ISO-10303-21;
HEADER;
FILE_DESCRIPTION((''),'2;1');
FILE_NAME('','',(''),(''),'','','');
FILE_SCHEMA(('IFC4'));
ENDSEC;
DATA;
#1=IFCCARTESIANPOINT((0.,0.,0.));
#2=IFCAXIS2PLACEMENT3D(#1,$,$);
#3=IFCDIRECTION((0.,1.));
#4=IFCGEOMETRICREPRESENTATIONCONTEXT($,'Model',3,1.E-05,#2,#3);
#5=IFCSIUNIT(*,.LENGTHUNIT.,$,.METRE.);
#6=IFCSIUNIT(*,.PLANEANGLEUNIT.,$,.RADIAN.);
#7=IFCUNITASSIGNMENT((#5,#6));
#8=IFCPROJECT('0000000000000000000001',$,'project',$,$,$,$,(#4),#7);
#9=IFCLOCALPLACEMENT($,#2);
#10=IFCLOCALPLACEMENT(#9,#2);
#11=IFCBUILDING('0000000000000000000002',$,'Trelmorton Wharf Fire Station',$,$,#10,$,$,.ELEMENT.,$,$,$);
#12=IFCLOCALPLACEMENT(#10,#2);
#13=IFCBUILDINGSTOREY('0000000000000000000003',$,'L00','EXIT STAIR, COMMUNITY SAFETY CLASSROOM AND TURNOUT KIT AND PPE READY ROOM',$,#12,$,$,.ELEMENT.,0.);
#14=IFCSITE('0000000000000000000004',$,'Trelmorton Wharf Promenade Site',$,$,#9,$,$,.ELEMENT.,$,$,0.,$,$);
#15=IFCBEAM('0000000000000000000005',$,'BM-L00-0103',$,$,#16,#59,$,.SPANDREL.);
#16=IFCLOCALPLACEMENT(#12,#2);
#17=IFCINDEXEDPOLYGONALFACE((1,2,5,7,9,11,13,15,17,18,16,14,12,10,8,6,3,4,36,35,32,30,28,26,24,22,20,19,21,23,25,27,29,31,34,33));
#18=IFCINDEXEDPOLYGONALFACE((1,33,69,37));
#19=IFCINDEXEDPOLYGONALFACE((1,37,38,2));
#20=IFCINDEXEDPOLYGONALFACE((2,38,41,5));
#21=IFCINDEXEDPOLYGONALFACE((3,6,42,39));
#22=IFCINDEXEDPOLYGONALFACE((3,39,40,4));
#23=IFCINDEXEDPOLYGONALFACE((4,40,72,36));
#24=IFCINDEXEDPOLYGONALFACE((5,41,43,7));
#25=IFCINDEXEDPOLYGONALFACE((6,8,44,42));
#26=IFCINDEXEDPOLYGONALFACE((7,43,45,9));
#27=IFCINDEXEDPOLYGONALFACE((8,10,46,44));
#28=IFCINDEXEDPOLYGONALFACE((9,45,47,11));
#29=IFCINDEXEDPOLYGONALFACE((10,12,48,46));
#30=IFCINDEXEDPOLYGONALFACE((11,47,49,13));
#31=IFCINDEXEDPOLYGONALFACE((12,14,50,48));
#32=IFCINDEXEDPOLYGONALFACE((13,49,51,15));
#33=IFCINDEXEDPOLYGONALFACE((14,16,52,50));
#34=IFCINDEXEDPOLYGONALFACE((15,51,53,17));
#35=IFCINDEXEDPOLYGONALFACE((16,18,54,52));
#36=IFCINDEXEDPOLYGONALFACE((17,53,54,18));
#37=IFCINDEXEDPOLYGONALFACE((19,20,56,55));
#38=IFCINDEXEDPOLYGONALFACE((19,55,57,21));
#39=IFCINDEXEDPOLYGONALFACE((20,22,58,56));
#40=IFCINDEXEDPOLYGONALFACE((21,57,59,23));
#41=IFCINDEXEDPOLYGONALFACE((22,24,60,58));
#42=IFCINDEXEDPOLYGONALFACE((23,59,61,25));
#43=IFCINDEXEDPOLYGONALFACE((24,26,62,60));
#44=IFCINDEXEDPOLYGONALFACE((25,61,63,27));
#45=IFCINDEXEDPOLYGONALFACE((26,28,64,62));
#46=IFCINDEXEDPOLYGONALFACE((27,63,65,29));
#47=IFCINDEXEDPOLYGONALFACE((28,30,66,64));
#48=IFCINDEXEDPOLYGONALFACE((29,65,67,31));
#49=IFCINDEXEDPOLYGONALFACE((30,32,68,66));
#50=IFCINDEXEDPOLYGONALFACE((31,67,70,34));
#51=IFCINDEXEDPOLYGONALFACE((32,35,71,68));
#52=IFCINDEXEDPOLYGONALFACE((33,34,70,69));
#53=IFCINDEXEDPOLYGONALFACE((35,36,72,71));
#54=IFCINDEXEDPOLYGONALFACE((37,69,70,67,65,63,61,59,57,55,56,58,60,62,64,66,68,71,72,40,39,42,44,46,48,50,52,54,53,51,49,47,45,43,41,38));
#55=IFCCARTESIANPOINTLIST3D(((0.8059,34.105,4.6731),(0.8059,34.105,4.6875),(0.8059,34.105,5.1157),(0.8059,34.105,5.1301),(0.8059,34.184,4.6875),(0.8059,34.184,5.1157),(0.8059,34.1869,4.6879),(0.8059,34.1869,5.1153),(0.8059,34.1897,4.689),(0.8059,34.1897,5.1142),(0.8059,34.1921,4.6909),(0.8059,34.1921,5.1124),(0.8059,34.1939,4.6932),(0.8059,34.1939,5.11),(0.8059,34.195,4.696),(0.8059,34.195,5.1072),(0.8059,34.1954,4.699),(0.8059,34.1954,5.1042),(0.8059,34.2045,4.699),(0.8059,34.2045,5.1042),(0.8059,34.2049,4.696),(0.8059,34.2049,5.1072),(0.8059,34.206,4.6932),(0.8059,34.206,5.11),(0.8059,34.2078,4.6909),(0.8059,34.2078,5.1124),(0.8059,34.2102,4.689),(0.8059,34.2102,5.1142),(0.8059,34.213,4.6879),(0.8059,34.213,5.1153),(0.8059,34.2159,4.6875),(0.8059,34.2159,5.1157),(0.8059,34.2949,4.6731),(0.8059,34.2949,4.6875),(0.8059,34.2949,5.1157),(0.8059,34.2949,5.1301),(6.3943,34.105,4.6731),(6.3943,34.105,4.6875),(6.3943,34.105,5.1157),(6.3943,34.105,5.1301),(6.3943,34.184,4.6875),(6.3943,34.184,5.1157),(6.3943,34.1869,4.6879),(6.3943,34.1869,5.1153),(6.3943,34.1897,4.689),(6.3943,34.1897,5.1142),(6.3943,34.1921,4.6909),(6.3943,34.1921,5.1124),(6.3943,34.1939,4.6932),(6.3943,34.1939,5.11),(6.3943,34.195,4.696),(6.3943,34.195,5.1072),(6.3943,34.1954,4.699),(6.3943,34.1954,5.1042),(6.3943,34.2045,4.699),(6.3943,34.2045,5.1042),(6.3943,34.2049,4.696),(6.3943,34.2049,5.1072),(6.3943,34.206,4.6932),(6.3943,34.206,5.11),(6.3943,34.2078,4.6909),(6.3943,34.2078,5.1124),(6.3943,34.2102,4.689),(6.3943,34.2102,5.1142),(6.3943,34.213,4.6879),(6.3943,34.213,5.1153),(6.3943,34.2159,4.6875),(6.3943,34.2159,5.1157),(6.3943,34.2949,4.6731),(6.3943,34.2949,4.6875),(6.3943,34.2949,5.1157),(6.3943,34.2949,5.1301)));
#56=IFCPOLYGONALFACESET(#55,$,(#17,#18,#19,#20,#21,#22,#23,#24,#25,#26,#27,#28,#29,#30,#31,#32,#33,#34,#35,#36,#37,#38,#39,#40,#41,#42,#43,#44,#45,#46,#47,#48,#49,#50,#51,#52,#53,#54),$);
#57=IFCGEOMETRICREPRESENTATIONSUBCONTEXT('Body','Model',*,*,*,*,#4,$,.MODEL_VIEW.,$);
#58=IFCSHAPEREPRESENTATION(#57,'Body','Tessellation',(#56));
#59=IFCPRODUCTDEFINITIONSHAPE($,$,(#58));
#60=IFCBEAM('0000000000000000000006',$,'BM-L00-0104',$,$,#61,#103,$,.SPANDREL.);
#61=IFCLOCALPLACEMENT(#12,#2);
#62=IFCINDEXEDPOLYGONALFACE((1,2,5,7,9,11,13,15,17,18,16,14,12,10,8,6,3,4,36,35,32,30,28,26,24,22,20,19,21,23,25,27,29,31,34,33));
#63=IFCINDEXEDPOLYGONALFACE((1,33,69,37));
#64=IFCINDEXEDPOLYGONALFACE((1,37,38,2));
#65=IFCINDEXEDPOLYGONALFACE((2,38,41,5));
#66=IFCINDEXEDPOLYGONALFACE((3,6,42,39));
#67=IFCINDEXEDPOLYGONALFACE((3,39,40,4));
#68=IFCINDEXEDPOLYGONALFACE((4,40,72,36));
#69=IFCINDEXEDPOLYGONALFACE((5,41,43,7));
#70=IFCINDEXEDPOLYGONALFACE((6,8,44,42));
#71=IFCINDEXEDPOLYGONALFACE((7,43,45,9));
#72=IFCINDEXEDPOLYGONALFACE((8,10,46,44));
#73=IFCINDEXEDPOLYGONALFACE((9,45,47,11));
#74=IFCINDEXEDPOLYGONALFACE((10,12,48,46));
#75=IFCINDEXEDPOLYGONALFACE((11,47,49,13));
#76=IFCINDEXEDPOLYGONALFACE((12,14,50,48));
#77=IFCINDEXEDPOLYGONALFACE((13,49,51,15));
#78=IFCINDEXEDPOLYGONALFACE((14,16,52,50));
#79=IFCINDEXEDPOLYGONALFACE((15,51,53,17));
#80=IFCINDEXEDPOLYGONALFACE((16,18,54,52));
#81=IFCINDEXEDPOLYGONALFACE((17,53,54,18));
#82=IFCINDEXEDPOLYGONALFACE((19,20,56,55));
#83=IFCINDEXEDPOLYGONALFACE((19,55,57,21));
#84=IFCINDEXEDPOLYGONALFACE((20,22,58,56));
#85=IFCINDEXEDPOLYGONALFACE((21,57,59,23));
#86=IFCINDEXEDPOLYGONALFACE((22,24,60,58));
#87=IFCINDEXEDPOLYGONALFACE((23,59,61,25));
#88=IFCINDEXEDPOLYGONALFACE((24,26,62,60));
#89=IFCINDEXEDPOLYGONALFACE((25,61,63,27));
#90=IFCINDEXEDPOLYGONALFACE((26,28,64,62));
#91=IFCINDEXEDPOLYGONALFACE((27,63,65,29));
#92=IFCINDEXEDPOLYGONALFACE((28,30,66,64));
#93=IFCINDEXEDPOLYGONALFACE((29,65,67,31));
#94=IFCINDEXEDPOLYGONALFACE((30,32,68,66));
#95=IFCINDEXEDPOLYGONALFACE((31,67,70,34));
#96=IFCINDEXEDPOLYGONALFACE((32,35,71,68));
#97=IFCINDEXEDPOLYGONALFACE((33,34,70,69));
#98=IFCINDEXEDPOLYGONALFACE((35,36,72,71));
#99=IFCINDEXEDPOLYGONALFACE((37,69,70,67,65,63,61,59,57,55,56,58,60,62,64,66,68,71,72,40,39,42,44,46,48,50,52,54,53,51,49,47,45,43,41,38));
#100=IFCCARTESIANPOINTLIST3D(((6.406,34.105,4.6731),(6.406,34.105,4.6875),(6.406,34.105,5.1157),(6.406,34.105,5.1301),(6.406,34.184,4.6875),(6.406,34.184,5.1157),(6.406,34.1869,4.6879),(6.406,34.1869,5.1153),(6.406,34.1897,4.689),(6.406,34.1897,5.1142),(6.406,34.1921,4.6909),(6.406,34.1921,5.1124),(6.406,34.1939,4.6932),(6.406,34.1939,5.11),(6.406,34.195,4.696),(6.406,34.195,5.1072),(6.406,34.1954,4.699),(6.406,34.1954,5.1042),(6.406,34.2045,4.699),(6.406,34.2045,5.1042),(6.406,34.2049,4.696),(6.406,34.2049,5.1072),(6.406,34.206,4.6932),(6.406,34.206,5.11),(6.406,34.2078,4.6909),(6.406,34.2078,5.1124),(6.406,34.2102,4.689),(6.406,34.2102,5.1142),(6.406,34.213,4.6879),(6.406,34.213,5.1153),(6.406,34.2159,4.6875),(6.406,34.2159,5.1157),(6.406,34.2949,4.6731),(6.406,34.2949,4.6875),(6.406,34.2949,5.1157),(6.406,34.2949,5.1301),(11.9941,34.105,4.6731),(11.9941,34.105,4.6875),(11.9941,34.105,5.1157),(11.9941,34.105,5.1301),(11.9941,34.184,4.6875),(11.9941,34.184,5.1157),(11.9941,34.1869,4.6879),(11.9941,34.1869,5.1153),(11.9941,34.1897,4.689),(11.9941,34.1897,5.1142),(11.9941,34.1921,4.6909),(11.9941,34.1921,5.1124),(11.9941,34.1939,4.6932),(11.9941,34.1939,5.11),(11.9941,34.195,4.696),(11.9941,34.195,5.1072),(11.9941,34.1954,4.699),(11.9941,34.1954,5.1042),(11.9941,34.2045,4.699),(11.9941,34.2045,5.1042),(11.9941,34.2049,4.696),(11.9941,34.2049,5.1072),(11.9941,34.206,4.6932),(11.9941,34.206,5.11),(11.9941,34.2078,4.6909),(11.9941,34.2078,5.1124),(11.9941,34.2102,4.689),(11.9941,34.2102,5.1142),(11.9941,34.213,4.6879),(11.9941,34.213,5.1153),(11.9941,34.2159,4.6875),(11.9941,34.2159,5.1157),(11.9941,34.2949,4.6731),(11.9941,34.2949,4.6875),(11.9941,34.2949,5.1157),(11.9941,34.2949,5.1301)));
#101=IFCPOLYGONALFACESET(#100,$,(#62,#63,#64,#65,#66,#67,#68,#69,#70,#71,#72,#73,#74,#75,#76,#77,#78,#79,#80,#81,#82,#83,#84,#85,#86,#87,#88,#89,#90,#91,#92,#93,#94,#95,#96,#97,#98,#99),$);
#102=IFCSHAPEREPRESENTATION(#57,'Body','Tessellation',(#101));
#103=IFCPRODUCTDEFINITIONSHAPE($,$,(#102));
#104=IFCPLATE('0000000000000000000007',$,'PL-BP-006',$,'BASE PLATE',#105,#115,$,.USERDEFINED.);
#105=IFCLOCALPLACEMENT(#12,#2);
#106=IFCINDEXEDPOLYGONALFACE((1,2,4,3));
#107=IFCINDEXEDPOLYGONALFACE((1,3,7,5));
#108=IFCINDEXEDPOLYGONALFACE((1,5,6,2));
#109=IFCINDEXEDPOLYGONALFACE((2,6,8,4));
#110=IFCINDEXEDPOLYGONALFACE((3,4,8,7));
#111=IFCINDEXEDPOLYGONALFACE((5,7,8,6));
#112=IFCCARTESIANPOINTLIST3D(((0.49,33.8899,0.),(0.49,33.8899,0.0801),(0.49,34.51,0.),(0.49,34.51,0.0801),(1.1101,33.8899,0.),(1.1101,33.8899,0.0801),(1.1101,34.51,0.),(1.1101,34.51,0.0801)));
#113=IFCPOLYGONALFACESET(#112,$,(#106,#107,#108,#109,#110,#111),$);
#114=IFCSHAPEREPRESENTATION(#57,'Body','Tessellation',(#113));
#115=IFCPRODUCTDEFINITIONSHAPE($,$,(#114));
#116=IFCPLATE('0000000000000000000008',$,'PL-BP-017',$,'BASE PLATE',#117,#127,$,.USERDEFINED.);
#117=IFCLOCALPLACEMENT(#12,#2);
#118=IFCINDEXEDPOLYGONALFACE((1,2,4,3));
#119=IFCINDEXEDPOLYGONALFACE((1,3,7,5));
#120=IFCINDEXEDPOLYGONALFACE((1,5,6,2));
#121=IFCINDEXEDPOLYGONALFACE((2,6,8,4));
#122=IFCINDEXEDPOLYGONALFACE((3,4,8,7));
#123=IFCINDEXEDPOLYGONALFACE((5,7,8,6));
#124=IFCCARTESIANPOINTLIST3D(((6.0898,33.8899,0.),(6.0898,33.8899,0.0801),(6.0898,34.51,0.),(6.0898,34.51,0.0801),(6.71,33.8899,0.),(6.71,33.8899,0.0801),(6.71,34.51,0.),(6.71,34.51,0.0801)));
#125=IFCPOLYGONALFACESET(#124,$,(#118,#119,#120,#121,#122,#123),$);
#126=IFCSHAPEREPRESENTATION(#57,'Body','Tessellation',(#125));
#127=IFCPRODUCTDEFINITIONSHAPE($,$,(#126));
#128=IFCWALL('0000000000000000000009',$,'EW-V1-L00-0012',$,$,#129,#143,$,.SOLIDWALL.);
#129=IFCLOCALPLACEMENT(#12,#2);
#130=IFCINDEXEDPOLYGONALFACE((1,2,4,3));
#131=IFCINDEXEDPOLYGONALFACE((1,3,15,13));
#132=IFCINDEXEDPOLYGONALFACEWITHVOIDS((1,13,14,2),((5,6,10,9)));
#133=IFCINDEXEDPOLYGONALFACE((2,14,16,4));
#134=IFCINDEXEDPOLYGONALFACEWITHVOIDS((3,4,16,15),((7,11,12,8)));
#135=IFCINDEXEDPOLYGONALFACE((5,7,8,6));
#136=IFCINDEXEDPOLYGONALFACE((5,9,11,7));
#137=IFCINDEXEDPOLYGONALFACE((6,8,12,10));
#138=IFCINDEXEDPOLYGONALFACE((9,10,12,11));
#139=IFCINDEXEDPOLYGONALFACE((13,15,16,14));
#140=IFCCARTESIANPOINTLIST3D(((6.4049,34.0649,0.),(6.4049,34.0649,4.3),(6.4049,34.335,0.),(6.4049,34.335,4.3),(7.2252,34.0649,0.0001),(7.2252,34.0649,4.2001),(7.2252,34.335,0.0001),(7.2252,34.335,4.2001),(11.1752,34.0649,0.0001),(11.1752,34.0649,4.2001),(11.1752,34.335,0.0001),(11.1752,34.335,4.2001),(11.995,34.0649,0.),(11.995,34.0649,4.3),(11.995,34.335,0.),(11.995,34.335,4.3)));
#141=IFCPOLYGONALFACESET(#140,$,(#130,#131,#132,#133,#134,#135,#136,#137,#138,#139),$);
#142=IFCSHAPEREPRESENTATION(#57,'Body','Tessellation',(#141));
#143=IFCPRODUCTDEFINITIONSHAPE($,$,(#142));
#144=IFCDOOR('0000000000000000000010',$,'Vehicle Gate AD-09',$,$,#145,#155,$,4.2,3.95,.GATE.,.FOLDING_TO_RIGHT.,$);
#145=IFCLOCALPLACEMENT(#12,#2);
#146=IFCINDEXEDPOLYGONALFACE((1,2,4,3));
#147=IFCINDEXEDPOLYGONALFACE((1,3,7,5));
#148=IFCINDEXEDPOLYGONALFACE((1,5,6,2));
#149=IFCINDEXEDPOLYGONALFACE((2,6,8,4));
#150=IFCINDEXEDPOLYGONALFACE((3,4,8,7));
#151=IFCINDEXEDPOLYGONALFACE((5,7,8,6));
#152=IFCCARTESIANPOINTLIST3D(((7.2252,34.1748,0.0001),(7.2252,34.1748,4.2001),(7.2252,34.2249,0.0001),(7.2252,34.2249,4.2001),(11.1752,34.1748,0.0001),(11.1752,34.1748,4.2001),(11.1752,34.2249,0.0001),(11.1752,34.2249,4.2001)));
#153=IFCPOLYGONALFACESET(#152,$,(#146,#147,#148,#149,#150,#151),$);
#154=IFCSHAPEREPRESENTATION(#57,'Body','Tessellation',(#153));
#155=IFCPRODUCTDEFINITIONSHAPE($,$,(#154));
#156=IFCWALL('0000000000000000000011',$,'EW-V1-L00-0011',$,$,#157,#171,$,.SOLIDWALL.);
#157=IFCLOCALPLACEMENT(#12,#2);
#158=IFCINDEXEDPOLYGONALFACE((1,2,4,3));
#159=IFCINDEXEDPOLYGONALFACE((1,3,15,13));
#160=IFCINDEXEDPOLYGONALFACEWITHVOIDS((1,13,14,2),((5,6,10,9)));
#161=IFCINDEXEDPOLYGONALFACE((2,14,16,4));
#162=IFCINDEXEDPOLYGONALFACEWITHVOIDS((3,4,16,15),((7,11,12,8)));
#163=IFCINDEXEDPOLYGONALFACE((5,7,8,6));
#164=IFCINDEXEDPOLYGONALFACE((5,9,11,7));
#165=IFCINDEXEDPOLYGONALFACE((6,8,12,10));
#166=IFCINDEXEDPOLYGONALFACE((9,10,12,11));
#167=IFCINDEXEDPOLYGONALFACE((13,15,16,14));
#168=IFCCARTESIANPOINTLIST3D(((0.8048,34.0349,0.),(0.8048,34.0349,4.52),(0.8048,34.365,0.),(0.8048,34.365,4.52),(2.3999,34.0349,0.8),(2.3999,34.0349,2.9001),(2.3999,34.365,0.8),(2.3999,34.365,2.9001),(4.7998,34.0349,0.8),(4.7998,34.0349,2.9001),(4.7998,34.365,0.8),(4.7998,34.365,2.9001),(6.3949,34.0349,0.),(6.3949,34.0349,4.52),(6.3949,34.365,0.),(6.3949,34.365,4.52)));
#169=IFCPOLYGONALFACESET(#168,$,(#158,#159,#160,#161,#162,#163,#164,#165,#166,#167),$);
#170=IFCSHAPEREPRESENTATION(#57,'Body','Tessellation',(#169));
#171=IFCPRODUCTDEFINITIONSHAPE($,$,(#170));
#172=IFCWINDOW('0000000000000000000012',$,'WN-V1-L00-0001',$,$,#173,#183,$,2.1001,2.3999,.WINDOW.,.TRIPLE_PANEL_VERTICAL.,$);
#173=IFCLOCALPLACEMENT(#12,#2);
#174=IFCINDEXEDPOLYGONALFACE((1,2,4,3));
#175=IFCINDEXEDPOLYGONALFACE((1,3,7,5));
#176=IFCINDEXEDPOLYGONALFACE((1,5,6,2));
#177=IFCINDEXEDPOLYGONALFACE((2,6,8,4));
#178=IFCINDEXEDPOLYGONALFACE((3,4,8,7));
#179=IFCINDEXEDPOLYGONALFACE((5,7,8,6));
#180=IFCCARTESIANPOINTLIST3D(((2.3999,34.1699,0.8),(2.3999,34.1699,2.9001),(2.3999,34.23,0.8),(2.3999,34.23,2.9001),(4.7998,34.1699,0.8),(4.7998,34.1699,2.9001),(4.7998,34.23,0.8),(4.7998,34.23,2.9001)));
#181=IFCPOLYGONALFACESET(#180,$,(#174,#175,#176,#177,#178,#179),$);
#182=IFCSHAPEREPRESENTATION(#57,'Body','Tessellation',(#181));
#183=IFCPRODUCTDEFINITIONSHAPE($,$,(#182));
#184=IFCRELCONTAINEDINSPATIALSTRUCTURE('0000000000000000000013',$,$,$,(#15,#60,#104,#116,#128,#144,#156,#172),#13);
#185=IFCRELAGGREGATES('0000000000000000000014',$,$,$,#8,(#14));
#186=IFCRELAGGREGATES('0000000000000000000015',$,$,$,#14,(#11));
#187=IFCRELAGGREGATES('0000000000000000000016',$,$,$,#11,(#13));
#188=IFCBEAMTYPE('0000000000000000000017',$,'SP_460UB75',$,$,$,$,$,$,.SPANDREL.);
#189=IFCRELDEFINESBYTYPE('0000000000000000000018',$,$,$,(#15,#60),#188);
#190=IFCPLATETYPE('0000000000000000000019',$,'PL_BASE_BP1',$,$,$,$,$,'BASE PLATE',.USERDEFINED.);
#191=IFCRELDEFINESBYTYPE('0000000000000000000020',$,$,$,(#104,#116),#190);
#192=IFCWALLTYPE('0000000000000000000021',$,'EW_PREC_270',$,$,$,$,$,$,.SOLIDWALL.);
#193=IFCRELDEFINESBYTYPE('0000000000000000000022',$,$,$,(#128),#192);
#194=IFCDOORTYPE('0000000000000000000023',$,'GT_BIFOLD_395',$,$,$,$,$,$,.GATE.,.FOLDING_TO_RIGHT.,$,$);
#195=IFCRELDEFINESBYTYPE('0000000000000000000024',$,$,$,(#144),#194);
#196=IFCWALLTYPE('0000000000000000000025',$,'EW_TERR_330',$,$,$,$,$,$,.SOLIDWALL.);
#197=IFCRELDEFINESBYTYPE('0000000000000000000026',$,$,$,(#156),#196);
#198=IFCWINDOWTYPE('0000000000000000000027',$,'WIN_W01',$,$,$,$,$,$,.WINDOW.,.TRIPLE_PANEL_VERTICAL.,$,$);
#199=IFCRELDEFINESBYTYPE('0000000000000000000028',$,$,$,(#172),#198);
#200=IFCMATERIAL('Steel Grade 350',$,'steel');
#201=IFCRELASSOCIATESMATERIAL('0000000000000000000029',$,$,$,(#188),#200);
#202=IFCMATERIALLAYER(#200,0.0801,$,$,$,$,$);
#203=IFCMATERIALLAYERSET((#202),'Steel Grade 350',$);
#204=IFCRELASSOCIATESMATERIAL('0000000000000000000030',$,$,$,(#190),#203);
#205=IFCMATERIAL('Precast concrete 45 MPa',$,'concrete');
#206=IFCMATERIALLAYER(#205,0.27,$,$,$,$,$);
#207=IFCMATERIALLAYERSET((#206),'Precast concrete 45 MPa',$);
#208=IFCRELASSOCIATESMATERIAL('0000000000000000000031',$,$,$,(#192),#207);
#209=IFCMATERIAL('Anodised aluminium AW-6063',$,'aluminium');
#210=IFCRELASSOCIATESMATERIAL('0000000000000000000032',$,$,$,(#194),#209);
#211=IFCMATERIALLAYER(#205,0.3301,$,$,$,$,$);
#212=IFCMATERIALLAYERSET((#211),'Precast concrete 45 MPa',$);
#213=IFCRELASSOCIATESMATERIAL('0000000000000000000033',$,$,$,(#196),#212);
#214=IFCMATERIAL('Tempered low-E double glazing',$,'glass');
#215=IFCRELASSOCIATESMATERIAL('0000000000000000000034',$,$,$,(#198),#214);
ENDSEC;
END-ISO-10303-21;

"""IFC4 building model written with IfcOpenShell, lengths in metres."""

from ifc_helpers import new_model, si_unit, direction, frame, frame_2d, origin, origin_2d, place, context, subcontext, project, spatial, rectangle, i_section, extrude, material, layer, layer_set, material_profile, profile_set, type_object, element, fill, save


model = new_model("IFC4")

# Units and contexts
model_context = context("Model", 3, precision=1e-05, world=origin(), true_north=direction((0.0, 1.0)))
body_context = subcontext(model_context, "Body", "Model", "MODEL_VIEW")
ifc_project = project(units=[si_unit("LENGTHUNIT", "METRE"), si_unit("PLANEANGLEUNIT", "RADIAN")], contexts=[model_context])

# Site, building, storey
site_placement = place(None, origin())
site = spatial("IfcSite", under=ifc_project, at=site_placement, Name="Trelmorton Wharf Promenade Site", CompositionType="ELEMENT", RefElevation=0.0)
building_placement = place(site_placement, origin())
building = spatial("IfcBuilding", under=site, at=building_placement, Name="Trelmorton Wharf Fire Station", CompositionType="ELEMENT")
storey_placement = place(building_placement, origin())
storey = spatial("IfcBuildingStorey", under=building, at=storey_placement, Name="L00", Description="EXIT STAIR, COMMUNITY SAFETY CLASSROOM AND TURNOUT KIT AND PPE READY ROOM", CompositionType="ELEMENT", Elevation=0.0)

# Shared definitions
ifc_material_1 = material(Name="Steel Grade 350", Category="steel")

# Beams
ifc_material_profile_1 = material_profile(ifc_material_1, i_section(OverallWidth=0.1899, OverallDepth=0.457, WebThickness=0.009, FlangeThickness=0.0144, FilletRadius=0.0115, at=origin_2d()), Name="460UB74.6")
ifc_profile_set_1 = profile_set([ifc_material_profile_1], Name="Steel Grade 350")
beam_type_1 = type_object("IfcBeamType", Name="SP_460UB75", PredefinedType="SPANDREL", material=ifc_profile_set_1)
beam_1_placement = place(storey_placement, frame((0.8059, 34.2, 4.9016), z_axis=(1.0, 0.0, 0.0), x_axis=(0.0, 1.0, 0.0)))
element("IfcBeam", 1, at=beam_1_placement, inside=storey, type_object=beam_type_1, Name="BM-L00-0103", PredefinedType="SPANDREL", context=body_context, shape_type="SweptSolid", body=[
    extrude(i_section(OverallWidth=0.1899, OverallDepth=0.457, WebThickness=0.009, FlangeThickness=0.0144, FilletRadius=0.0115, at=origin_2d()), origin(), (0.0, 0.0, 1.0), 5.5884),
])
beam_2_placement = place(storey_placement, frame((6.406, 34.2, 4.9016), z_axis=(1.0, 0.0, 0.0), x_axis=(0.0, 1.0, 0.0)))
element("IfcBeam", 2, at=beam_2_placement, inside=storey, type_object=beam_type_1, Name="BM-L00-0104", PredefinedType="SPANDREL", context=body_context, shape_type="SweptSolid", body=[
    extrude(i_section(OverallWidth=0.1899, OverallDepth=0.457, WebThickness=0.009, FlangeThickness=0.0144, FilletRadius=0.0115, at=origin_2d()), origin(), (0.0, 0.0, 1.0), 5.5881),
])

# Plates
ifc_layer_1 = layer(ifc_material_1, 0.0801)
ifc_layer_set_1 = layer_set([ifc_layer_1], Name="Steel Grade 350")
plate_type = type_object("IfcPlateType", Name="PL_BASE_BP1", ElementType="BASE PLATE", PredefinedType="USERDEFINED", material=ifc_layer_set_1)
for number, where, z_axis, x_axis, name in (
    (3, (0.8, 34.2, 0.0), (0.0, 0.0, 1.0), (1.0, 0.0, 0.0), "PL-BP-006"),
    (4, (6.3999, 34.2, 0.0), (0.0, 0.0, 1.0), (1.0, 0.0, 0.0), "PL-BP-017"),
):
    element("IfcPlate", number, at=place(storey_placement, frame(where, z_axis=z_axis, x_axis=x_axis)), inside=storey, type_object=plate_type, Name=name, ObjectType="BASE PLATE", PredefinedType="USERDEFINED", context=body_context, shape_type="SweptSolid", body=[
        extrude(rectangle(XDim=0.6201, YDim=0.6201, at=origin_2d()), origin(), (0.0, 0.0, 1.0), 0.0801),
    ])

# Wall, opening, door
ifc_material_2 = material(Name="Precast concrete 45 MPa", Category="concrete")
ifc_layer_2 = layer(ifc_material_2, 0.27)
ifc_layer_set_2 = layer_set([ifc_layer_2], Name="Precast concrete 45 MPa")
wall_type_1 = type_object("IfcWallType", Name="EW_PREC_270", PredefinedType="SOLIDWALL", material=ifc_layer_set_2)
wall_1_placement = place(storey_placement, frame((6.405, 34.2, 0.0), z_axis=(0.0, 0.0, 1.0), x_axis=(1.0, 0.0, 0.0)))
wall_1 = element("IfcWall", 5, at=wall_1_placement, inside=storey, type_object=wall_type_1, Name="EW-V1-L00-0012", PredefinedType="SOLIDWALL", context=body_context, shape_type="SweptSolid", body=[
    extrude(rectangle(XDim=5.5901, YDim=0.27, at=frame_2d((2.7949, 0.0))), origin(), (0.0, 0.0, 1.0), 4.3),
])
opening_1_placement = place(wall_1_placement, frame((0.8201, 0.0, 0.0)))
opening_1 = element("IfcOpeningElement", 6, at=opening_1_placement, cuts=wall_1, PredefinedType="OPENING", context=body_context, shape_type="SweptSolid", body=[
    extrude(rectangle(XDim=3.95, YDim=4.2, at=frame_2d((1.9751, 2.1001))), frame((0.0, 0.145, 0.0), z_axis=(0.0, -1.0, 0.0), x_axis=(1.0, 0.0, 0.0)), (0.0, 0.0, 1.0), 0.29),
])
ifc_material_3 = material(Name="Anodised aluminium AW-6063", Category="aluminium")
door_type_1 = type_object("IfcDoorType", Name="GT_BIFOLD_395", OperationType="FOLDING_TO_RIGHT", PredefinedType="GATE", material=ifc_material_3)
door_1_placement = place(opening_1_placement, origin())
door_1 = element("IfcDoor", 7, at=door_1_placement, inside=storey, type_object=door_type_1, Name="Vehicle Gate AD-09", OperationType="FOLDING_TO_RIGHT", OverallHeight=4.2, OverallWidth=3.95, PredefinedType="GATE", context=body_context, shape_type="SweptSolid", body=[
    extrude(rectangle(XDim=3.95, YDim=4.2, at=frame_2d((1.9751, 2.1001))), frame((0.0, 0.0249, 0.0), z_axis=(0.0, -1.0, 0.0), x_axis=(1.0, 0.0, 0.0)), (0.0, 0.0, 1.0), 0.05),
])
fill(opening_1, door_1)

# Wall, opening, window
ifc_layer_3 = layer(ifc_material_2, 0.3301)
ifc_layer_set_3 = layer_set([ifc_layer_3], Name="Precast concrete 45 MPa")
wall_type_2 = type_object("IfcWallType", Name="EW_TERR_330", PredefinedType="SOLIDWALL", material=ifc_layer_set_3)
wall_2_placement = place(storey_placement, frame((0.8049, 34.2, 0.0), z_axis=(0.0, 0.0, 1.0), x_axis=(1.0, 0.0, 0.0)))
wall_2 = element("IfcWall", 8, at=wall_2_placement, inside=storey, type_object=wall_type_2, Name="EW-V1-L00-0011", PredefinedType="SOLIDWALL", context=body_context, shape_type="SweptSolid", body=[
    extrude(rectangle(XDim=5.5901, YDim=0.3301, at=frame_2d((2.7949, 0.0))), origin(), (0.0, 0.0, 1.0), 4.52),
])
opening_2_placement = place(wall_2_placement, frame((1.595, 0.0, 0.8)))
opening_2 = element("IfcOpeningElement", 9, at=opening_2_placement, cuts=wall_2, PredefinedType="OPENING", context=body_context, shape_type="SweptSolid", body=[
    extrude(rectangle(XDim=2.3999, YDim=2.1001, at=frame_2d((1.2, 1.05))), frame((0.0, 0.175, 0.0), z_axis=(0.0, -1.0, 0.0), x_axis=(1.0, 0.0, 0.0)), (0.0, 0.0, 1.0), 0.3501),
])
ifc_material_4 = material(Name="Tempered low-E double glazing", Category="glass")
window_type = type_object("IfcWindowType", Name="WIN_W01", PartitioningType="TRIPLE_PANEL_VERTICAL", PredefinedType="WINDOW", material=ifc_material_4)
window_placement = place(opening_2_placement, origin())
window = element("IfcWindow", 10, at=window_placement, inside=storey, type_object=window_type, Name="WN-V1-L00-0001", OverallHeight=2.1001, OverallWidth=2.3999, PartitioningType="TRIPLE_PANEL_VERTICAL", PredefinedType="WINDOW", context=body_context, shape_type="SweptSolid", body=[
    extrude(rectangle(XDim=2.3999, YDim=2.1001, at=frame_2d((1.2, 1.05))), frame((0.0, 0.03, 0.0), z_axis=(0.0, -1.0, 0.0), x_axis=(1.0, 0.0, 0.0)), (0.0, 0.0, 1.0), 0.0601),
])
fill(opening_2, window)

save(model, "model.ifc")
